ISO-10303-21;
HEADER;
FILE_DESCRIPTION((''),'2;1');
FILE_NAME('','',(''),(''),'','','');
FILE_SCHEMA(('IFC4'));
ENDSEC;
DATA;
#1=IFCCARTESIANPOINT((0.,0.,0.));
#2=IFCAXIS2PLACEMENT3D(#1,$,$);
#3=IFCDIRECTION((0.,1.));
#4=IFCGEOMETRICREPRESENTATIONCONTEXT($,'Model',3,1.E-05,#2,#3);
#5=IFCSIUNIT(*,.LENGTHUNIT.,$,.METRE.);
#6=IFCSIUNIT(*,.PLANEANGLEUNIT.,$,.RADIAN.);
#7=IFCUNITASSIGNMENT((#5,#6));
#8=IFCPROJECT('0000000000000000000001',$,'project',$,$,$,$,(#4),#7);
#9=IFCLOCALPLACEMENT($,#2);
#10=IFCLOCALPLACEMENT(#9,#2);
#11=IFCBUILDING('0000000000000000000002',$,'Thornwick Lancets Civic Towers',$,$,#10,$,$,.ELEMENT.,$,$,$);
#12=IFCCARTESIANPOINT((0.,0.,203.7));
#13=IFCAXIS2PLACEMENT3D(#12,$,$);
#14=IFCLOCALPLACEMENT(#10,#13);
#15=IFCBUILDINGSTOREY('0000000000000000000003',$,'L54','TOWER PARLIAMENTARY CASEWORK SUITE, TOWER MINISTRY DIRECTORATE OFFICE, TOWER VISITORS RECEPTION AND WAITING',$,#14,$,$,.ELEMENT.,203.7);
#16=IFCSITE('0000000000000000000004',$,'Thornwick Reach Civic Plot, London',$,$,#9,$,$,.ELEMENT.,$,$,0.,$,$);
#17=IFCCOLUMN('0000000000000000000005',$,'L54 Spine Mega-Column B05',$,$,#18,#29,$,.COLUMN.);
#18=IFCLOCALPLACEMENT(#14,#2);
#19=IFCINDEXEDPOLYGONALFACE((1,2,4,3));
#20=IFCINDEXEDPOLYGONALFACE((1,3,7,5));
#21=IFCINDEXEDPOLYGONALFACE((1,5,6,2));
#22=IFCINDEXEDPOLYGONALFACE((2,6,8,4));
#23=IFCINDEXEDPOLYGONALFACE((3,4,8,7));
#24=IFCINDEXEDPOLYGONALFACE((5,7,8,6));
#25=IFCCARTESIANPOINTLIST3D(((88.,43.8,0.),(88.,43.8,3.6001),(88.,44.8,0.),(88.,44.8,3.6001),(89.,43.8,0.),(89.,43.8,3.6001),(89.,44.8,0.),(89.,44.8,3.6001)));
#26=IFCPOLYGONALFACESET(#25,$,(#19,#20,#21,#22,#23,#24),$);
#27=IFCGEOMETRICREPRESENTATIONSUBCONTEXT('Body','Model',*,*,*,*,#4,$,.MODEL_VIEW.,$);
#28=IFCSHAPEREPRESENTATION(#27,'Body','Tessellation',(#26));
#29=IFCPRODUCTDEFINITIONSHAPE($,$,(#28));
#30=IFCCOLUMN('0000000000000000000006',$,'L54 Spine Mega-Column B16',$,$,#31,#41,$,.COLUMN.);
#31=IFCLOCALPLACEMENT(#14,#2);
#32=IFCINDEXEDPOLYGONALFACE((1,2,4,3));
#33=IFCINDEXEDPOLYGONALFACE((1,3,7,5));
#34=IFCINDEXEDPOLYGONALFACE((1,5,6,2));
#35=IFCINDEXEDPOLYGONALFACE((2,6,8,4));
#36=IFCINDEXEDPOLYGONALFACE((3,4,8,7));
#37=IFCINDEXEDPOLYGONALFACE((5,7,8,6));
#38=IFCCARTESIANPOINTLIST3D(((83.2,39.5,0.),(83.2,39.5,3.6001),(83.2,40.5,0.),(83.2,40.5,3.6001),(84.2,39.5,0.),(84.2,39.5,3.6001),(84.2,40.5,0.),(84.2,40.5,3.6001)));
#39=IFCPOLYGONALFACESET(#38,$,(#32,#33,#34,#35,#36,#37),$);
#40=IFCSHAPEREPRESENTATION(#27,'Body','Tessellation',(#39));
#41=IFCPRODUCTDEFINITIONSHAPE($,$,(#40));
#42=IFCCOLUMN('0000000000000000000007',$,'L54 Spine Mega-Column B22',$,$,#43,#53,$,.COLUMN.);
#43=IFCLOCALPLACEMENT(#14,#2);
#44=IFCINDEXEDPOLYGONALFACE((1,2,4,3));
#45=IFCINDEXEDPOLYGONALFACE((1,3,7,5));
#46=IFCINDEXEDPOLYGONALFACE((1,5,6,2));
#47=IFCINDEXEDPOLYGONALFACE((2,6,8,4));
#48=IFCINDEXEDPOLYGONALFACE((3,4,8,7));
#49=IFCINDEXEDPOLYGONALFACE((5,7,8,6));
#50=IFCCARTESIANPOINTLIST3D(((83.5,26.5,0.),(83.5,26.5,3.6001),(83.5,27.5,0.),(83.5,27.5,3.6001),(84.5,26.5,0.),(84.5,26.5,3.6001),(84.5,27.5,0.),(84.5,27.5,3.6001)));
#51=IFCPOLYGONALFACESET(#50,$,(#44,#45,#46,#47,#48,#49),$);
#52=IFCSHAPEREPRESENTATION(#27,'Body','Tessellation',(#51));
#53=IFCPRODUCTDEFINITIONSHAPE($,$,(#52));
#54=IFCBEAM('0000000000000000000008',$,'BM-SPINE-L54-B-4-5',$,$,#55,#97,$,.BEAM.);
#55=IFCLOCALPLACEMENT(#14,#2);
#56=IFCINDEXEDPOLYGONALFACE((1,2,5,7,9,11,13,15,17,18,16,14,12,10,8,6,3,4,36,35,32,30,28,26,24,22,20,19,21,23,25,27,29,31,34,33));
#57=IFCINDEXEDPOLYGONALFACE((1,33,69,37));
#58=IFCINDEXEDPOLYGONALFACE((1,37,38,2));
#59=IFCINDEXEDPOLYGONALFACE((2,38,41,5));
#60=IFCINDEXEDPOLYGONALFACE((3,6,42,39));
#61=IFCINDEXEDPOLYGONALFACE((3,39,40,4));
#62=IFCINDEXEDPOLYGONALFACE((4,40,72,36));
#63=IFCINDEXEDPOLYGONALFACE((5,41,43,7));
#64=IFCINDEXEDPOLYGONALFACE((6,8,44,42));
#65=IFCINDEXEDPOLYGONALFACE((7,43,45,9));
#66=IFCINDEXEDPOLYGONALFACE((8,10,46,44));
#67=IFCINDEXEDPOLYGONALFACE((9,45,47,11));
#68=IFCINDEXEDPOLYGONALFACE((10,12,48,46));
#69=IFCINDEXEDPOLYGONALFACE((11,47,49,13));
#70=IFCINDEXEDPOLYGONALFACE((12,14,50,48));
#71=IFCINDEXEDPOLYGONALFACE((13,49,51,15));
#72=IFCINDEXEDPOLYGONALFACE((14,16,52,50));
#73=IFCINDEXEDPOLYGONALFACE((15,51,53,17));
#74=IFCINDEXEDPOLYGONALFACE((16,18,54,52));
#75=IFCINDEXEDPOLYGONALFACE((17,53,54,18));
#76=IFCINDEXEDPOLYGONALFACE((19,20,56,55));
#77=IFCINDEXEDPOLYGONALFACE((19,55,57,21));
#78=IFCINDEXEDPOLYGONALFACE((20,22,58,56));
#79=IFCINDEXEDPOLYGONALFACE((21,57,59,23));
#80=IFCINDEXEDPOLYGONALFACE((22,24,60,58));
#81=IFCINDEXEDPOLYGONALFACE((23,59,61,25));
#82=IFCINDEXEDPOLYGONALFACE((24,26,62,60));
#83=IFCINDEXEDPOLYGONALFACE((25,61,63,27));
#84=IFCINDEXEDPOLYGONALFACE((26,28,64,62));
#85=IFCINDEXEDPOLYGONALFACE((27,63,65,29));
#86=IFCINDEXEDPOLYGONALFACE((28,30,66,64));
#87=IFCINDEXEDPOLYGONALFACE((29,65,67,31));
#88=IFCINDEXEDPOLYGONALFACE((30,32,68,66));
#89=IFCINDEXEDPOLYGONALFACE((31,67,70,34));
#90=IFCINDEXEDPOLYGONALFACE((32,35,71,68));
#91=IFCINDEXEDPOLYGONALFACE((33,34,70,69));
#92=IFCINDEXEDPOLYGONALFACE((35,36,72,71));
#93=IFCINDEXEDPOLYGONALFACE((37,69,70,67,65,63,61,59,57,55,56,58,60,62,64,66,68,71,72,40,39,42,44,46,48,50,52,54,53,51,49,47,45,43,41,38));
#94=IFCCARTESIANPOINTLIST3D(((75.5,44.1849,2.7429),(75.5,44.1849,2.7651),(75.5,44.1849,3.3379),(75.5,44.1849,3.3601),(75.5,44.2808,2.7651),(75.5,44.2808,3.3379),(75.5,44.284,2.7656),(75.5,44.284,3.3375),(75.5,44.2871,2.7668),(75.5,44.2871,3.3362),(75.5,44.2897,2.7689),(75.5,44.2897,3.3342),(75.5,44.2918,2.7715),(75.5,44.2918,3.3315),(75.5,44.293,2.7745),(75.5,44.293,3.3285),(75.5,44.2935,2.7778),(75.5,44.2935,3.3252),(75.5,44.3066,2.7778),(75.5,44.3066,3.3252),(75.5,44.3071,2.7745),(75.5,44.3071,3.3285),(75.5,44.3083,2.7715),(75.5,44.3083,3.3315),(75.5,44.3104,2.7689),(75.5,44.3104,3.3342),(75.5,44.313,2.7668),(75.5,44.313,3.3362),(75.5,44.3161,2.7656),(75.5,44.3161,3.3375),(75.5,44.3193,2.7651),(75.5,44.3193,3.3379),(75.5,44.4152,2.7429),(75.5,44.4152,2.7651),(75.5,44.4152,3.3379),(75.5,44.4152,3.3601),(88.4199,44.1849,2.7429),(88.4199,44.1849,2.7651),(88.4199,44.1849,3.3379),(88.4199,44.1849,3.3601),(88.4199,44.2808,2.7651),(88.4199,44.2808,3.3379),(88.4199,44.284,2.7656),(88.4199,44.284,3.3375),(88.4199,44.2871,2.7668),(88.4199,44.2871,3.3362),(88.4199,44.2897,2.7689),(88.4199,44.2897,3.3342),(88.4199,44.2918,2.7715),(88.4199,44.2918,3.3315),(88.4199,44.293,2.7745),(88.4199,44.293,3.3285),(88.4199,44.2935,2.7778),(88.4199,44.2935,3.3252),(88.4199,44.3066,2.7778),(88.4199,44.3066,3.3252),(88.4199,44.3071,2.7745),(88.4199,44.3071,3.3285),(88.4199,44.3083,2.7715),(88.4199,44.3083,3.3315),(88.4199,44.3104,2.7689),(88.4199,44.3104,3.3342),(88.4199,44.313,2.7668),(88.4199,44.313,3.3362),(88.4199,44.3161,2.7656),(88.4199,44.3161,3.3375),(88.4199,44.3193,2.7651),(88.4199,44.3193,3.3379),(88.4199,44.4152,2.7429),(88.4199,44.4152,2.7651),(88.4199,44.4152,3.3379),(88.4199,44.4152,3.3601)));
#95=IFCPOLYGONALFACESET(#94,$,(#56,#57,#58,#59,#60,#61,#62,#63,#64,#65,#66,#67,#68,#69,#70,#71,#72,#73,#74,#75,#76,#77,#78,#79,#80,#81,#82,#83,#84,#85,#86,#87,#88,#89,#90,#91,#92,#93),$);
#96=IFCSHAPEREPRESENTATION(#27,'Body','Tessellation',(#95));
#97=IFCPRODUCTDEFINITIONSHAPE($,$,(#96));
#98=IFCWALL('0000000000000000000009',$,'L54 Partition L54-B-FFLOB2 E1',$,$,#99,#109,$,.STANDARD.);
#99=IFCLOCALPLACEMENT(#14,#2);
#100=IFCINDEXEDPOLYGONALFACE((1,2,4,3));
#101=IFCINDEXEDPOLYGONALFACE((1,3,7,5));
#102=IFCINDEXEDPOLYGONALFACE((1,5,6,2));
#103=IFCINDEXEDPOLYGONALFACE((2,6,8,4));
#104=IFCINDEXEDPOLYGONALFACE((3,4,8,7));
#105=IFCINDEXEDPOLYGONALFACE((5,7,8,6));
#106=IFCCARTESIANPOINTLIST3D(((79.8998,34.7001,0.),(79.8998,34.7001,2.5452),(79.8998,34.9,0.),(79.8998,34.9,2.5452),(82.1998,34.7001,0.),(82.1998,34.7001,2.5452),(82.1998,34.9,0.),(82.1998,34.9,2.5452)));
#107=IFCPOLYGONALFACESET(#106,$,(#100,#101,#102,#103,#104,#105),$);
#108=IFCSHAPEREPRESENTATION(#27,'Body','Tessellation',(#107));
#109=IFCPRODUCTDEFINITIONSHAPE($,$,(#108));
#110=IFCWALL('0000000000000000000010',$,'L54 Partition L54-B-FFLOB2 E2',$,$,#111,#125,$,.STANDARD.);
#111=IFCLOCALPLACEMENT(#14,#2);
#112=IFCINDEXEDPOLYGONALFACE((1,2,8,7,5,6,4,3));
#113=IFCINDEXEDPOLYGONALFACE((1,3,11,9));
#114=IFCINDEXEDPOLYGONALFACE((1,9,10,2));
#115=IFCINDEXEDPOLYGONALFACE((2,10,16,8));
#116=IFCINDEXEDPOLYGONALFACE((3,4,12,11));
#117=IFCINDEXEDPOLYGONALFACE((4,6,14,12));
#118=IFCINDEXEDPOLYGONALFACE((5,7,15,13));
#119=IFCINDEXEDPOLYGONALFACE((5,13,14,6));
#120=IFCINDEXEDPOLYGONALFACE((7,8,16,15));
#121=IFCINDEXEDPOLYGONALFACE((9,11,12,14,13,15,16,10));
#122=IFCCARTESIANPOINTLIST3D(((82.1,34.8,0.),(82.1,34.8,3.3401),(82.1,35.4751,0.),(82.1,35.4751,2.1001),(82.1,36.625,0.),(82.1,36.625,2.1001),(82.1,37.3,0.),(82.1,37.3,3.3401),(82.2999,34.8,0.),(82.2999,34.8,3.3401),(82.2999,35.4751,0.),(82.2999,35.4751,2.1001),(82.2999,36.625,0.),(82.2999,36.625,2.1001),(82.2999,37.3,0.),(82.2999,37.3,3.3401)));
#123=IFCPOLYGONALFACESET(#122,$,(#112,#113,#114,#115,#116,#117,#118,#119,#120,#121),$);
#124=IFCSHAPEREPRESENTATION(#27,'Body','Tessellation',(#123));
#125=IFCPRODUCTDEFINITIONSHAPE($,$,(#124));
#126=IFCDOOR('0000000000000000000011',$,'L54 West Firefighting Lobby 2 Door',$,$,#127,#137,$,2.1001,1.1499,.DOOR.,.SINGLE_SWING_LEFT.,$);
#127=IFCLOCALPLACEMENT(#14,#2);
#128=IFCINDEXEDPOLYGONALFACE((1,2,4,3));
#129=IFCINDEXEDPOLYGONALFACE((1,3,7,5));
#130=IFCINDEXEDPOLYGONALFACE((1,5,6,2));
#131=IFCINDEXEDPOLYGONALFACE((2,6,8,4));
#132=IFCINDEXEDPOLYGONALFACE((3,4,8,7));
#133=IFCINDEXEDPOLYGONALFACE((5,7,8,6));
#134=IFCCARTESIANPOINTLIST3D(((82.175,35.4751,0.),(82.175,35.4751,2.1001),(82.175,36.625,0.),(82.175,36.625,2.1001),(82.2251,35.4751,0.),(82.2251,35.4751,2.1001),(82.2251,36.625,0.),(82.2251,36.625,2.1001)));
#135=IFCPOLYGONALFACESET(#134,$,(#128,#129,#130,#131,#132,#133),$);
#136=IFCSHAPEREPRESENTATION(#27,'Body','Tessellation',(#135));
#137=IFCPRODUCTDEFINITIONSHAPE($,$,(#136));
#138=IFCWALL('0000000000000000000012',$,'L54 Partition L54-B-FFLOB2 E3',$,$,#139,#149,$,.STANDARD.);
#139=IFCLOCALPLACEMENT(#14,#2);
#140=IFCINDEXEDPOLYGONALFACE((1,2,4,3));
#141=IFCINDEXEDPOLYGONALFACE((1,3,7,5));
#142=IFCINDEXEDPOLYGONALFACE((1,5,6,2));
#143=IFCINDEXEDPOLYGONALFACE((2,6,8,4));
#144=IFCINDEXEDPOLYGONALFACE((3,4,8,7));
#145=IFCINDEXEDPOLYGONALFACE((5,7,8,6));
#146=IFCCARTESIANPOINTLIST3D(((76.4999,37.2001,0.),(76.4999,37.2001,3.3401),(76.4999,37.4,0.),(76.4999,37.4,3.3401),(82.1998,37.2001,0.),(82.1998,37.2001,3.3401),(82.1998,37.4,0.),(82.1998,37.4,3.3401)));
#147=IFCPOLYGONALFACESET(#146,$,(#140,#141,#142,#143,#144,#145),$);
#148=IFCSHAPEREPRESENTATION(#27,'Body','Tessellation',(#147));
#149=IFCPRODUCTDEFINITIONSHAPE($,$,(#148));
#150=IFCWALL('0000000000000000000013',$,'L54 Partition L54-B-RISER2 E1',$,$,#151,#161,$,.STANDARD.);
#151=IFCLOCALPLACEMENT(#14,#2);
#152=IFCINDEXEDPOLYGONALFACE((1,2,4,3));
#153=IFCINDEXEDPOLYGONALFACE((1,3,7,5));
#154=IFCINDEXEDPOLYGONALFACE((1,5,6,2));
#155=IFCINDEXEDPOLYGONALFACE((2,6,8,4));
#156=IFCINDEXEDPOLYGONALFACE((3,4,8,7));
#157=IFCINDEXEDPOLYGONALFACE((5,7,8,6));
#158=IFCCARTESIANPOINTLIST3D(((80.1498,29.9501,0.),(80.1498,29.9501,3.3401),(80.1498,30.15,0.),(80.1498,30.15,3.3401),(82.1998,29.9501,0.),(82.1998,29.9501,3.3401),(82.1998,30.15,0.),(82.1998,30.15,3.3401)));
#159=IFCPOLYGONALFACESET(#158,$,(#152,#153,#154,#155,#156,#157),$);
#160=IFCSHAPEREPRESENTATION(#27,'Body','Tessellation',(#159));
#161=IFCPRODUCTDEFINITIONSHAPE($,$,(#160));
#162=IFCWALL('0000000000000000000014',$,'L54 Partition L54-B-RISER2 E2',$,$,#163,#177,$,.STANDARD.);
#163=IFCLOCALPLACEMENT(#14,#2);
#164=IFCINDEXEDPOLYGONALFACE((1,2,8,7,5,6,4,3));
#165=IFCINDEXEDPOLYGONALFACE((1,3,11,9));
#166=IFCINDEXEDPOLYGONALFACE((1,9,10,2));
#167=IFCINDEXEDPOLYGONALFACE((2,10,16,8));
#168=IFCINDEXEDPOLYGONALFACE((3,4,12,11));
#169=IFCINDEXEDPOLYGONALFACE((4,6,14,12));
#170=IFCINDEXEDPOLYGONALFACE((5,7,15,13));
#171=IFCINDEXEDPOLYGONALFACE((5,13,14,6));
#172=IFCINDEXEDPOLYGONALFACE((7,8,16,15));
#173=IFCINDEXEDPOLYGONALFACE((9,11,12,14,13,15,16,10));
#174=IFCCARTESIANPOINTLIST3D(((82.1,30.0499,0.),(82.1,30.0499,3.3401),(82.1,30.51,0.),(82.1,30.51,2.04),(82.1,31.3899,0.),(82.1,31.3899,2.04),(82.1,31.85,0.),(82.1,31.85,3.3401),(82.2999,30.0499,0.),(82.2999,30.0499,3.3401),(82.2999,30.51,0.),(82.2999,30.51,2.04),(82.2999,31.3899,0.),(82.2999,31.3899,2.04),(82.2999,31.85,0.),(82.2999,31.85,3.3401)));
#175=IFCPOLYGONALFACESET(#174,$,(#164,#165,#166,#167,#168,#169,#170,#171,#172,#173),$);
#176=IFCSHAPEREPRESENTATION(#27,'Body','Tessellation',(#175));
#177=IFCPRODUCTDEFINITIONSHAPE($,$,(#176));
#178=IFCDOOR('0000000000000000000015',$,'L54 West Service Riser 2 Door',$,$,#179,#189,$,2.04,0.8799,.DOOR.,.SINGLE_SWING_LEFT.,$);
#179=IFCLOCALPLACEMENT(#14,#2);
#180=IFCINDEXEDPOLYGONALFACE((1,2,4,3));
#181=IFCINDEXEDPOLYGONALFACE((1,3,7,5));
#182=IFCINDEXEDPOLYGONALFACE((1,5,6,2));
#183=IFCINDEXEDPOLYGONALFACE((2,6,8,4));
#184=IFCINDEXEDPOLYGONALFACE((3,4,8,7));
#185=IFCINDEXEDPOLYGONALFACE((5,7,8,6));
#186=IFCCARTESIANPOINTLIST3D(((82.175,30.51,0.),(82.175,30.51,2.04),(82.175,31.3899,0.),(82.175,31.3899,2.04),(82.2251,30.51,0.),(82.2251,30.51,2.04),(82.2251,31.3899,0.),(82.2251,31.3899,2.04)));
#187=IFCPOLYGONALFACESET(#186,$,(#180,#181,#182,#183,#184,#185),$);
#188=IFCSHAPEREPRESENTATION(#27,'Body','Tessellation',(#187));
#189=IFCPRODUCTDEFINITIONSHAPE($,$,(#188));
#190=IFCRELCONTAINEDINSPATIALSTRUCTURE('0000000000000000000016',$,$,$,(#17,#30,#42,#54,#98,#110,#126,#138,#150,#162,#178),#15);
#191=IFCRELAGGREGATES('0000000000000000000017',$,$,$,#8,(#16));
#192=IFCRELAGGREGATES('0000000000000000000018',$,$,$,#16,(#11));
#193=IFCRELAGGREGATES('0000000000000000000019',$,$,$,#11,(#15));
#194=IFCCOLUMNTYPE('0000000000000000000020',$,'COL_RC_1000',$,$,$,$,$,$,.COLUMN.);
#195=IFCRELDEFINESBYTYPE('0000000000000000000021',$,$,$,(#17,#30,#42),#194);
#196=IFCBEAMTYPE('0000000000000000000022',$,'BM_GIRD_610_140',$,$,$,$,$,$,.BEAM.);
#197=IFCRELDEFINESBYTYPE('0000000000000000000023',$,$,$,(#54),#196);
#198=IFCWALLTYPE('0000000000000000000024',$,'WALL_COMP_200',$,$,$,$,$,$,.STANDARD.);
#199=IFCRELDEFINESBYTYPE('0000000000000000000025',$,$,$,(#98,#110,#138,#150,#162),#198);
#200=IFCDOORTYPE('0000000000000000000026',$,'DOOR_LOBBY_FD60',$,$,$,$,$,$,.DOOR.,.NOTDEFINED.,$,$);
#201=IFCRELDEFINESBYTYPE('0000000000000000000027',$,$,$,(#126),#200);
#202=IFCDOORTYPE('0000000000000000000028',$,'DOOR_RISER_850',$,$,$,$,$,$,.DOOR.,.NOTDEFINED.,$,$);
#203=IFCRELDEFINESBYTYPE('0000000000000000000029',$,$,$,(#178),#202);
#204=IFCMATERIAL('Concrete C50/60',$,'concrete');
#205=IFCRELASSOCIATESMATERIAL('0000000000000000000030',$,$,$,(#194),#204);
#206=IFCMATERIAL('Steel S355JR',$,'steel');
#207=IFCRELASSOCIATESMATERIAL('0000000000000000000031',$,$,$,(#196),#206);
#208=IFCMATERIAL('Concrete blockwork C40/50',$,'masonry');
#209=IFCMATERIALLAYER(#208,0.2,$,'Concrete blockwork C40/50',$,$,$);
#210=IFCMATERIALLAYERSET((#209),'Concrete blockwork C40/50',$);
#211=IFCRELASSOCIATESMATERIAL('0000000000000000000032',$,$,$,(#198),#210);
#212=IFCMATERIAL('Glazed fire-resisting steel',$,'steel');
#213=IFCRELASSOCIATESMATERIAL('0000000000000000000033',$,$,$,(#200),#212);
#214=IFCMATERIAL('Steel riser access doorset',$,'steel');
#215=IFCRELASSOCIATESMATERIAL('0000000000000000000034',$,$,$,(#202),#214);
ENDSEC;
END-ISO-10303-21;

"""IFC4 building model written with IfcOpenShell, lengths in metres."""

from ifc_helpers import new_model, si_unit, direction, frame, frame_2d, origin, origin_2d, place, context, subcontext, project, spatial, rectangle, i_section, extrude, material, layer, layer_set, material_profile, profile_set, type_object, element, fill, save


model = new_model("IFC4")

# Units and contexts
model_context = context("Model", 3, precision=1e-05, world=origin(), true_north=direction((0.0, 1.0)))
body_context = subcontext(model_context, "Body", "Model", "MODEL_VIEW")
ifc_project = project(units=[si_unit("LENGTHUNIT", "METRE"), si_unit("PLANEANGLEUNIT", "RADIAN")], contexts=[model_context])

# Site, building, storey
site_placement = place(None, origin())
site = spatial("IfcSite", under=ifc_project, at=site_placement, Name="Thornwick Reach Civic Plot, London", CompositionType="ELEMENT", RefElevation=0.0)
building_placement = place(site_placement, origin())
building = spatial("IfcBuilding", under=site, at=building_placement, Name="Thornwick Lancets Civic Towers", CompositionType="ELEMENT")
storey_placement = place(building_placement, frame((0.0, 0.0, 203.7)))
storey = spatial("IfcBuildingStorey", under=building, at=storey_placement, Name="L54", Description="TOWER PARLIAMENTARY CASEWORK SUITE, TOWER MINISTRY DIRECTORATE OFFICE, TOWER VISITORS RECEPTION AND WAITING", CompositionType="ELEMENT", Elevation=203.7)

# Columns
ifc_material_1 = material(Name="Concrete C50/60", Category="concrete")
ifc_material_profile_1 = material_profile(ifc_material_1, rectangle(XDim=1.0, YDim=1.0, at=origin_2d()), Name="RC 1000x1000")
ifc_profile_set_1 = profile_set([ifc_material_profile_1], Name="Concrete C50/60")
column_type = type_object("IfcColumnType", Name="COL_RC_1000", PredefinedType="COLUMN", material=ifc_profile_set_1)
for number, where, z_axis, x_axis, name in (
    (1, (88.5, 44.3, 0.0), (0.0, 0.0, 1.0), (1.0, 0.0, 0.0), "L54 Spine Mega-Column B05"),
    (2, (83.7, 40.0, 0.0), (0.0, 0.0, 1.0), (1.0, 0.0, 0.0), "L54 Spine Mega-Column B16"),
    (3, (84.0, 27.0, 0.0), (0.0, 0.0, 1.0), (1.0, 0.0, 0.0), "L54 Spine Mega-Column B22"),
):
    element("IfcColumn", number, at=place(storey_placement, frame(where, z_axis=z_axis, x_axis=x_axis)), inside=storey, type_object=column_type, Name=name, PredefinedType="COLUMN", context=body_context, shape_type="SweptSolid", body=[
        extrude(rectangle(XDim=1.0, YDim=1.0, at=origin_2d()), origin(), (0.0, 0.0, 1.0), 3.6001),
    ])

# Beam
ifc_material_2 = material(Name="Steel S355JR", Category="steel")
ifc_material_profile_2 = material_profile(ifc_material_2, i_section(OverallWidth=0.2302, OverallDepth=0.6172, WebThickness=0.0132, FlangeThickness=0.0222, FilletRadius=0.0127, at=origin_2d()), Name="UKB 610x229x140")
ifc_profile_set_2 = profile_set([ifc_material_profile_2], Name="Steel S355JR")
beam_type = type_object("IfcBeamType", Name="BM_GIRD_610_140", PredefinedType="BEAM", material=ifc_profile_set_2)
beam_placement = place(storey_placement, frame((88.4199, 44.3, 3.0515), z_axis=(-1.0, 0.0, 0.0), x_axis=(0.0, -1.0, 0.0)))
element("IfcBeam", 4, at=beam_placement, inside=storey, type_object=beam_type, Name="BM-SPINE-L54-B-4-5", PredefinedType="BEAM", context=body_context, shape_type="SweptSolid", body=[
    extrude(i_section(OverallWidth=0.2302, OverallDepth=0.6172, WebThickness=0.0132, FlangeThickness=0.0222, FilletRadius=0.0127, at=origin_2d()), origin(), (0.0, 0.0, 1.0), 12.9199),
])

# Wall
ifc_material_3 = material(Name="Concrete blockwork C40/50", Category="masonry")
ifc_layer_1 = layer(ifc_material_3, 0.2, Name="Concrete blockwork C40/50")
ifc_layer_set_1 = layer_set([ifc_layer_1], Name="Concrete blockwork C40/50")
wall_type_1 = type_object("IfcWallType", Name="WALL_COMP_200", PredefinedType="STANDARD", material=ifc_layer_set_1)
wall_1_placement = place(storey_placement, frame((79.8999, 34.8, 0.0), z_axis=(0.0, 0.0, 1.0), x_axis=(1.0, 0.0, 0.0)))
element("IfcWall", 5, at=wall_1_placement, inside=storey, type_object=wall_type_1, Name="L54 Partition L54-B-FFLOB2 E1", PredefinedType="STANDARD", context=body_context, shape_type="SweptSolid", body=[
    extrude(rectangle(XDim=2.3, YDim=0.2, at=frame_2d((1.1499, 0.0))), origin(), (0.0, 0.0, 1.0), 2.5452),
])

# Wall, opening, door
wall_2_placement = place(storey_placement, frame((82.2, 34.8, 0.0), z_axis=(0.0, 0.0, 1.0), x_axis=(0.0, 1.0, 0.0)))
wall_2 = element("IfcWall", 6, at=wall_2_placement, inside=storey, type_object=wall_type_1, Name="L54 Partition L54-B-FFLOB2 E2", PredefinedType="STANDARD", context=body_context, shape_type="SweptSolid", body=[
    extrude(rectangle(XDim=2.5, YDim=0.2, at=frame_2d((1.25, 0.0))), origin(), (0.0, 0.0, 1.0), 3.3401),
])
opening_1_placement = place(wall_2_placement, frame((0.675, 0.0, 0.0)))
opening_1 = element("IfcOpeningElement", 7, at=opening_1_placement, cuts=wall_2, PredefinedType="OPENING", context=body_context, shape_type="SweptSolid", body=[
    extrude(rectangle(XDim=1.1499, YDim=2.1001, at=frame_2d((0.575, 1.05))), frame((0.0, 0.1099, 0.0), z_axis=(0.0, -1.0, 0.0), x_axis=(1.0, 0.0, 0.0)), (0.0, 0.0, 1.0), 0.22),
])
ifc_material_4 = material(Name="Glazed fire-resisting steel", Category="steel")
door_type_1 = type_object("IfcDoorType", Name="DOOR_LOBBY_FD60", OperationType="NOTDEFINED", PredefinedType="DOOR", material=ifc_material_4)
door_1_placement = place(opening_1_placement, origin())
door_1 = element("IfcDoor", 8, at=door_1_placement, inside=storey, type_object=door_type_1, Name="L54 West Firefighting Lobby 2 Door", OperationType="SINGLE_SWING_LEFT", OverallHeight=2.1001, OverallWidth=1.1499, PredefinedType="DOOR", context=body_context, shape_type="SweptSolid", body=[
    extrude(rectangle(XDim=1.1499, YDim=2.1001, at=frame_2d((0.575, 1.05))), frame((0.0, 0.0249, 0.0), z_axis=(0.0, -1.0, 0.0), x_axis=(1.0, 0.0, 0.0)), (0.0, 0.0, 1.0), 0.05),
])
fill(opening_1, door_1)

# Walls
wall_3_placement = place(storey_placement, frame((82.2, 37.3, 0.0), z_axis=(0.0, 0.0, 1.0), x_axis=(-1.0, 0.0, 0.0)))
element("IfcWall", 9, at=wall_3_placement, inside=storey, type_object=wall_type_1, Name="L54 Partition L54-B-FFLOB2 E3", PredefinedType="STANDARD", context=body_context, shape_type="SweptSolid", body=[
    extrude(rectangle(XDim=5.7, YDim=0.2, at=frame_2d((2.8501, 0.0))), origin(), (0.0, 0.0, 1.0), 3.3401),
])
wall_4_placement = place(storey_placement, frame((80.1499, 30.05, 0.0), z_axis=(0.0, 0.0, 1.0), x_axis=(1.0, 0.0, 0.0)))
element("IfcWall", 10, at=wall_4_placement, inside=storey, type_object=wall_type_1, Name="L54 Partition L54-B-RISER2 E1", PredefinedType="STANDARD", context=body_context, shape_type="SweptSolid", body=[
    extrude(rectangle(XDim=2.05, YDim=0.2, at=frame_2d((1.0249, 0.0))), origin(), (0.0, 0.0, 1.0), 3.3401),
])

# Wall, opening, door
wall_5_placement = place(storey_placement, frame((82.2, 30.05, 0.0), z_axis=(0.0, 0.0, 1.0), x_axis=(0.0, 1.0, 0.0)))
wall_5 = element("IfcWall", 11, at=wall_5_placement, inside=storey, type_object=wall_type_1, Name="L54 Partition L54-B-RISER2 E2", PredefinedType="STANDARD", context=body_context, shape_type="SweptSolid", body=[
    extrude(rectangle(XDim=1.8, YDim=0.2, at=frame_2d((0.8999, 0.0))), origin(), (0.0, 0.0, 1.0), 3.3401),
])
opening_2_placement = place(wall_5_placement, frame((0.46, 0.0, 0.0)))
opening_2 = element("IfcOpeningElement", 12, at=opening_2_placement, cuts=wall_5, PredefinedType="OPENING", context=body_context, shape_type="SweptSolid", body=[
    extrude(rectangle(XDim=0.8799, YDim=2.04, at=frame_2d((0.4399, 1.02))), frame((0.0, 0.1099, 0.0), z_axis=(0.0, -1.0, 0.0), x_axis=(1.0, 0.0, 0.0)), (0.0, 0.0, 1.0), 0.22),
])
ifc_material_5 = material(Name="Steel riser access doorset", Category="steel")
door_type_2 = type_object("IfcDoorType", Name="DOOR_RISER_850", OperationType="NOTDEFINED", PredefinedType="DOOR", material=ifc_material_5)
door_2_placement = place(opening_2_placement, origin())
door_2 = element("IfcDoor", 13, at=door_2_placement, inside=storey, type_object=door_type_2, Name="L54 West Service Riser 2 Door", OperationType="SINGLE_SWING_LEFT", OverallHeight=2.04, OverallWidth=0.8799, PredefinedType="DOOR", context=body_context, shape_type="SweptSolid", body=[
    extrude(rectangle(XDim=0.8799, YDim=2.04, at=frame_2d((0.4399, 1.02))), frame((0.0, 0.0249, 0.0), z_axis=(0.0, -1.0, 0.0), x_axis=(1.0, 0.0, 0.0)), (0.0, 0.0, 1.0), 0.05),
])
fill(opening_2, door_2)

save(model, "model.ifc")
